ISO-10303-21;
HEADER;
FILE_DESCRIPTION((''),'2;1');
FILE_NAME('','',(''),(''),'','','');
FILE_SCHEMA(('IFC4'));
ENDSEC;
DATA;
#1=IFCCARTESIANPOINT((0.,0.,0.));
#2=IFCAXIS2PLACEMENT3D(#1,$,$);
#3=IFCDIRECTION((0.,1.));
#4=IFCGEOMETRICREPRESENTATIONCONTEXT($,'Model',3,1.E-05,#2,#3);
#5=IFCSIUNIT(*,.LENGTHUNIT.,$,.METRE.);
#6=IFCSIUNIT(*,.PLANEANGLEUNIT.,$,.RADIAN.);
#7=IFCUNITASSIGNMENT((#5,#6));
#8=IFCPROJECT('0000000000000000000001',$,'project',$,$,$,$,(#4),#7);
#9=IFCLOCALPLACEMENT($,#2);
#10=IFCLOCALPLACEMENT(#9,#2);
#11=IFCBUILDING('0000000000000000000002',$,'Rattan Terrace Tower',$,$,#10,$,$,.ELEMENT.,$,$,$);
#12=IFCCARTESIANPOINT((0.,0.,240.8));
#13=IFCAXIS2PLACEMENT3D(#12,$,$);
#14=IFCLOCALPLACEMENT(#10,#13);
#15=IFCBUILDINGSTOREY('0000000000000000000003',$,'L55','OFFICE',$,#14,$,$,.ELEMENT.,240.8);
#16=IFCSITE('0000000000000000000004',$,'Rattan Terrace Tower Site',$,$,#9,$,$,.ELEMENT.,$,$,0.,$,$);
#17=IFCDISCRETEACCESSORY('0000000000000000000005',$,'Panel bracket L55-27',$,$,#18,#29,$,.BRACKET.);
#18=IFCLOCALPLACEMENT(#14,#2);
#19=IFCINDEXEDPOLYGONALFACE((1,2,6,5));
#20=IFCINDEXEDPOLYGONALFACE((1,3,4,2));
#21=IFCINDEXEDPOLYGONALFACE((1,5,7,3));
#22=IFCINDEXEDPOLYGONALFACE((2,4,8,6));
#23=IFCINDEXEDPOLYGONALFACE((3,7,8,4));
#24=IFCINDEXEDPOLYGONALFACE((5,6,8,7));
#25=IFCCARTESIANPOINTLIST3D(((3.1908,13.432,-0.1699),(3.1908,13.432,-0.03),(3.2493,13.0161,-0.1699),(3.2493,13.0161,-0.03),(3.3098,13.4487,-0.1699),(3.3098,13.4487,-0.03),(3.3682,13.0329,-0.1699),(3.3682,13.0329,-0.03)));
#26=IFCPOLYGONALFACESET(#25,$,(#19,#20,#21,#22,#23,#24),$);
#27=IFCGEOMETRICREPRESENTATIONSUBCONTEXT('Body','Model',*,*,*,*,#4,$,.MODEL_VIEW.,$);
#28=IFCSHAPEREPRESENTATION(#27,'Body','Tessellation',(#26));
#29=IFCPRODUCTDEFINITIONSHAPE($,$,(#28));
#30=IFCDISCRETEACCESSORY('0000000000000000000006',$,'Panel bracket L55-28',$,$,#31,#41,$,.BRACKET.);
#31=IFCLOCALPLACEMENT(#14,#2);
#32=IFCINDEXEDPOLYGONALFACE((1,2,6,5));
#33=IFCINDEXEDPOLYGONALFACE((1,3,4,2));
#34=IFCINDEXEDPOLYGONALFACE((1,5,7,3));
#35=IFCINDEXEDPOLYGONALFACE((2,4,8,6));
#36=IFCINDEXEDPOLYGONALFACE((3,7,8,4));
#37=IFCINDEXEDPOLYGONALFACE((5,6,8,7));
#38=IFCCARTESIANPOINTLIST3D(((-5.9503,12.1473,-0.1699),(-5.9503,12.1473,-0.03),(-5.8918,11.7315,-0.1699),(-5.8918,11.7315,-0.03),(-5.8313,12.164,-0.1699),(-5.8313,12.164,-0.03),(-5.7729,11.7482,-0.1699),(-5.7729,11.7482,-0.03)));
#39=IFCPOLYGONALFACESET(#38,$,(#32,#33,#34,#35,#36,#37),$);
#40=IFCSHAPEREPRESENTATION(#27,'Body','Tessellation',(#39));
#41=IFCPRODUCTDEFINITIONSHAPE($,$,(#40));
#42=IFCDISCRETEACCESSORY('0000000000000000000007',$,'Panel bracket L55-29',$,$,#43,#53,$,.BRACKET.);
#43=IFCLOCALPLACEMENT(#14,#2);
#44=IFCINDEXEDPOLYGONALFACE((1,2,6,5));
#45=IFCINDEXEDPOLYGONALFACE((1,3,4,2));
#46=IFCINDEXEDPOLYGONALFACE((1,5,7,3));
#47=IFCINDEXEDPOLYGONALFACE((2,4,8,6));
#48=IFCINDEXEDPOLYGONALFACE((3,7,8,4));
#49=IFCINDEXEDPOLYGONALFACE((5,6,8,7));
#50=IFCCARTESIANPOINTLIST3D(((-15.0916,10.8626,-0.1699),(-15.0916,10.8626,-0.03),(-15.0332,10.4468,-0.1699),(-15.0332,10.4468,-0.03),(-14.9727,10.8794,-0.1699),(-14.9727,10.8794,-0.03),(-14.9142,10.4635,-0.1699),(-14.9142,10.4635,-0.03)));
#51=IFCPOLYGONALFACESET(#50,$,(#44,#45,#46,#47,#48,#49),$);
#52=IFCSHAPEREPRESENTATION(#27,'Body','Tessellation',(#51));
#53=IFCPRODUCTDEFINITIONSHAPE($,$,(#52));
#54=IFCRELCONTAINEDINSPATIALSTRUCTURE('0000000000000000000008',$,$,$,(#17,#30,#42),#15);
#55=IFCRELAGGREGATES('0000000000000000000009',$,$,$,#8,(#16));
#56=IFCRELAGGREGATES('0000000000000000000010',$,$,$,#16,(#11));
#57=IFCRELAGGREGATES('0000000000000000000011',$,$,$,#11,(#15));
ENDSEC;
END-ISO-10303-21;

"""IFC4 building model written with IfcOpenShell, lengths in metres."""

from ifc_helpers import new_model, si_unit, direction, frame, origin, origin_2d, place, context, subcontext, project, spatial, rectangle, extrude, element, save


model = new_model("IFC4")

# Units and contexts
model_context = context("Model", 3, precision=1e-05, world=origin(), true_north=direction((0.0, 1.0)))
body_context = subcontext(model_context, "Body", "Model", "MODEL_VIEW")
ifc_project = project(units=[si_unit("LENGTHUNIT", "METRE"), si_unit("PLANEANGLEUNIT", "RADIAN")], contexts=[model_context])

# Site, building, storey
site_placement = place(None, origin())
site = spatial("IfcSite", under=ifc_project, at=site_placement, Name="Rattan Terrace Tower Site", CompositionType="ELEMENT", RefElevation=0.0)
building_placement = place(site_placement, origin())
building = spatial("IfcBuilding", under=site, at=building_placement, Name="Rattan Terrace Tower", CompositionType="ELEMENT")
storey_placement = place(building_placement, frame((0.0, 0.0, 240.8)))
storey = spatial("IfcBuildingStorey", under=building, at=storey_placement, Name="L55", Description="OFFICE", CompositionType="ELEMENT", Elevation=240.8)

# Discrete accessories
for number, where, z_axis, x_axis, name in (
    (1, (3.2795, 13.2324, -0.1699), (0.0, 0.0, 1.0), (-0.990267, -0.139177, 0.0), "Panel bracket L55-27"),
    (2, (-5.8616, 11.9478, -0.1699), (0.0, 0.0, 1.0), (-0.990267, -0.139177, 0.0), "Panel bracket L55-28"),
    (3, (-15.0029, 10.6631, -0.1699), (0.0, 0.0, 1.0), (-0.990267, -0.139177, 0.0), "Panel bracket L55-29"),
):
    element("IfcDiscreteAccessory", number, at=place(storey_placement, frame(where, z_axis=z_axis, x_axis=x_axis)), inside=storey, Name=name, PredefinedType="BRACKET", context=body_context, shape_type="SweptSolid", body=[
        extrude(rectangle(XDim=0.1201, YDim=0.4199, at=origin_2d()), origin(), (0.0, 0.0, 1.0), 0.1399),
    ])

save(model, "model.ifc")
